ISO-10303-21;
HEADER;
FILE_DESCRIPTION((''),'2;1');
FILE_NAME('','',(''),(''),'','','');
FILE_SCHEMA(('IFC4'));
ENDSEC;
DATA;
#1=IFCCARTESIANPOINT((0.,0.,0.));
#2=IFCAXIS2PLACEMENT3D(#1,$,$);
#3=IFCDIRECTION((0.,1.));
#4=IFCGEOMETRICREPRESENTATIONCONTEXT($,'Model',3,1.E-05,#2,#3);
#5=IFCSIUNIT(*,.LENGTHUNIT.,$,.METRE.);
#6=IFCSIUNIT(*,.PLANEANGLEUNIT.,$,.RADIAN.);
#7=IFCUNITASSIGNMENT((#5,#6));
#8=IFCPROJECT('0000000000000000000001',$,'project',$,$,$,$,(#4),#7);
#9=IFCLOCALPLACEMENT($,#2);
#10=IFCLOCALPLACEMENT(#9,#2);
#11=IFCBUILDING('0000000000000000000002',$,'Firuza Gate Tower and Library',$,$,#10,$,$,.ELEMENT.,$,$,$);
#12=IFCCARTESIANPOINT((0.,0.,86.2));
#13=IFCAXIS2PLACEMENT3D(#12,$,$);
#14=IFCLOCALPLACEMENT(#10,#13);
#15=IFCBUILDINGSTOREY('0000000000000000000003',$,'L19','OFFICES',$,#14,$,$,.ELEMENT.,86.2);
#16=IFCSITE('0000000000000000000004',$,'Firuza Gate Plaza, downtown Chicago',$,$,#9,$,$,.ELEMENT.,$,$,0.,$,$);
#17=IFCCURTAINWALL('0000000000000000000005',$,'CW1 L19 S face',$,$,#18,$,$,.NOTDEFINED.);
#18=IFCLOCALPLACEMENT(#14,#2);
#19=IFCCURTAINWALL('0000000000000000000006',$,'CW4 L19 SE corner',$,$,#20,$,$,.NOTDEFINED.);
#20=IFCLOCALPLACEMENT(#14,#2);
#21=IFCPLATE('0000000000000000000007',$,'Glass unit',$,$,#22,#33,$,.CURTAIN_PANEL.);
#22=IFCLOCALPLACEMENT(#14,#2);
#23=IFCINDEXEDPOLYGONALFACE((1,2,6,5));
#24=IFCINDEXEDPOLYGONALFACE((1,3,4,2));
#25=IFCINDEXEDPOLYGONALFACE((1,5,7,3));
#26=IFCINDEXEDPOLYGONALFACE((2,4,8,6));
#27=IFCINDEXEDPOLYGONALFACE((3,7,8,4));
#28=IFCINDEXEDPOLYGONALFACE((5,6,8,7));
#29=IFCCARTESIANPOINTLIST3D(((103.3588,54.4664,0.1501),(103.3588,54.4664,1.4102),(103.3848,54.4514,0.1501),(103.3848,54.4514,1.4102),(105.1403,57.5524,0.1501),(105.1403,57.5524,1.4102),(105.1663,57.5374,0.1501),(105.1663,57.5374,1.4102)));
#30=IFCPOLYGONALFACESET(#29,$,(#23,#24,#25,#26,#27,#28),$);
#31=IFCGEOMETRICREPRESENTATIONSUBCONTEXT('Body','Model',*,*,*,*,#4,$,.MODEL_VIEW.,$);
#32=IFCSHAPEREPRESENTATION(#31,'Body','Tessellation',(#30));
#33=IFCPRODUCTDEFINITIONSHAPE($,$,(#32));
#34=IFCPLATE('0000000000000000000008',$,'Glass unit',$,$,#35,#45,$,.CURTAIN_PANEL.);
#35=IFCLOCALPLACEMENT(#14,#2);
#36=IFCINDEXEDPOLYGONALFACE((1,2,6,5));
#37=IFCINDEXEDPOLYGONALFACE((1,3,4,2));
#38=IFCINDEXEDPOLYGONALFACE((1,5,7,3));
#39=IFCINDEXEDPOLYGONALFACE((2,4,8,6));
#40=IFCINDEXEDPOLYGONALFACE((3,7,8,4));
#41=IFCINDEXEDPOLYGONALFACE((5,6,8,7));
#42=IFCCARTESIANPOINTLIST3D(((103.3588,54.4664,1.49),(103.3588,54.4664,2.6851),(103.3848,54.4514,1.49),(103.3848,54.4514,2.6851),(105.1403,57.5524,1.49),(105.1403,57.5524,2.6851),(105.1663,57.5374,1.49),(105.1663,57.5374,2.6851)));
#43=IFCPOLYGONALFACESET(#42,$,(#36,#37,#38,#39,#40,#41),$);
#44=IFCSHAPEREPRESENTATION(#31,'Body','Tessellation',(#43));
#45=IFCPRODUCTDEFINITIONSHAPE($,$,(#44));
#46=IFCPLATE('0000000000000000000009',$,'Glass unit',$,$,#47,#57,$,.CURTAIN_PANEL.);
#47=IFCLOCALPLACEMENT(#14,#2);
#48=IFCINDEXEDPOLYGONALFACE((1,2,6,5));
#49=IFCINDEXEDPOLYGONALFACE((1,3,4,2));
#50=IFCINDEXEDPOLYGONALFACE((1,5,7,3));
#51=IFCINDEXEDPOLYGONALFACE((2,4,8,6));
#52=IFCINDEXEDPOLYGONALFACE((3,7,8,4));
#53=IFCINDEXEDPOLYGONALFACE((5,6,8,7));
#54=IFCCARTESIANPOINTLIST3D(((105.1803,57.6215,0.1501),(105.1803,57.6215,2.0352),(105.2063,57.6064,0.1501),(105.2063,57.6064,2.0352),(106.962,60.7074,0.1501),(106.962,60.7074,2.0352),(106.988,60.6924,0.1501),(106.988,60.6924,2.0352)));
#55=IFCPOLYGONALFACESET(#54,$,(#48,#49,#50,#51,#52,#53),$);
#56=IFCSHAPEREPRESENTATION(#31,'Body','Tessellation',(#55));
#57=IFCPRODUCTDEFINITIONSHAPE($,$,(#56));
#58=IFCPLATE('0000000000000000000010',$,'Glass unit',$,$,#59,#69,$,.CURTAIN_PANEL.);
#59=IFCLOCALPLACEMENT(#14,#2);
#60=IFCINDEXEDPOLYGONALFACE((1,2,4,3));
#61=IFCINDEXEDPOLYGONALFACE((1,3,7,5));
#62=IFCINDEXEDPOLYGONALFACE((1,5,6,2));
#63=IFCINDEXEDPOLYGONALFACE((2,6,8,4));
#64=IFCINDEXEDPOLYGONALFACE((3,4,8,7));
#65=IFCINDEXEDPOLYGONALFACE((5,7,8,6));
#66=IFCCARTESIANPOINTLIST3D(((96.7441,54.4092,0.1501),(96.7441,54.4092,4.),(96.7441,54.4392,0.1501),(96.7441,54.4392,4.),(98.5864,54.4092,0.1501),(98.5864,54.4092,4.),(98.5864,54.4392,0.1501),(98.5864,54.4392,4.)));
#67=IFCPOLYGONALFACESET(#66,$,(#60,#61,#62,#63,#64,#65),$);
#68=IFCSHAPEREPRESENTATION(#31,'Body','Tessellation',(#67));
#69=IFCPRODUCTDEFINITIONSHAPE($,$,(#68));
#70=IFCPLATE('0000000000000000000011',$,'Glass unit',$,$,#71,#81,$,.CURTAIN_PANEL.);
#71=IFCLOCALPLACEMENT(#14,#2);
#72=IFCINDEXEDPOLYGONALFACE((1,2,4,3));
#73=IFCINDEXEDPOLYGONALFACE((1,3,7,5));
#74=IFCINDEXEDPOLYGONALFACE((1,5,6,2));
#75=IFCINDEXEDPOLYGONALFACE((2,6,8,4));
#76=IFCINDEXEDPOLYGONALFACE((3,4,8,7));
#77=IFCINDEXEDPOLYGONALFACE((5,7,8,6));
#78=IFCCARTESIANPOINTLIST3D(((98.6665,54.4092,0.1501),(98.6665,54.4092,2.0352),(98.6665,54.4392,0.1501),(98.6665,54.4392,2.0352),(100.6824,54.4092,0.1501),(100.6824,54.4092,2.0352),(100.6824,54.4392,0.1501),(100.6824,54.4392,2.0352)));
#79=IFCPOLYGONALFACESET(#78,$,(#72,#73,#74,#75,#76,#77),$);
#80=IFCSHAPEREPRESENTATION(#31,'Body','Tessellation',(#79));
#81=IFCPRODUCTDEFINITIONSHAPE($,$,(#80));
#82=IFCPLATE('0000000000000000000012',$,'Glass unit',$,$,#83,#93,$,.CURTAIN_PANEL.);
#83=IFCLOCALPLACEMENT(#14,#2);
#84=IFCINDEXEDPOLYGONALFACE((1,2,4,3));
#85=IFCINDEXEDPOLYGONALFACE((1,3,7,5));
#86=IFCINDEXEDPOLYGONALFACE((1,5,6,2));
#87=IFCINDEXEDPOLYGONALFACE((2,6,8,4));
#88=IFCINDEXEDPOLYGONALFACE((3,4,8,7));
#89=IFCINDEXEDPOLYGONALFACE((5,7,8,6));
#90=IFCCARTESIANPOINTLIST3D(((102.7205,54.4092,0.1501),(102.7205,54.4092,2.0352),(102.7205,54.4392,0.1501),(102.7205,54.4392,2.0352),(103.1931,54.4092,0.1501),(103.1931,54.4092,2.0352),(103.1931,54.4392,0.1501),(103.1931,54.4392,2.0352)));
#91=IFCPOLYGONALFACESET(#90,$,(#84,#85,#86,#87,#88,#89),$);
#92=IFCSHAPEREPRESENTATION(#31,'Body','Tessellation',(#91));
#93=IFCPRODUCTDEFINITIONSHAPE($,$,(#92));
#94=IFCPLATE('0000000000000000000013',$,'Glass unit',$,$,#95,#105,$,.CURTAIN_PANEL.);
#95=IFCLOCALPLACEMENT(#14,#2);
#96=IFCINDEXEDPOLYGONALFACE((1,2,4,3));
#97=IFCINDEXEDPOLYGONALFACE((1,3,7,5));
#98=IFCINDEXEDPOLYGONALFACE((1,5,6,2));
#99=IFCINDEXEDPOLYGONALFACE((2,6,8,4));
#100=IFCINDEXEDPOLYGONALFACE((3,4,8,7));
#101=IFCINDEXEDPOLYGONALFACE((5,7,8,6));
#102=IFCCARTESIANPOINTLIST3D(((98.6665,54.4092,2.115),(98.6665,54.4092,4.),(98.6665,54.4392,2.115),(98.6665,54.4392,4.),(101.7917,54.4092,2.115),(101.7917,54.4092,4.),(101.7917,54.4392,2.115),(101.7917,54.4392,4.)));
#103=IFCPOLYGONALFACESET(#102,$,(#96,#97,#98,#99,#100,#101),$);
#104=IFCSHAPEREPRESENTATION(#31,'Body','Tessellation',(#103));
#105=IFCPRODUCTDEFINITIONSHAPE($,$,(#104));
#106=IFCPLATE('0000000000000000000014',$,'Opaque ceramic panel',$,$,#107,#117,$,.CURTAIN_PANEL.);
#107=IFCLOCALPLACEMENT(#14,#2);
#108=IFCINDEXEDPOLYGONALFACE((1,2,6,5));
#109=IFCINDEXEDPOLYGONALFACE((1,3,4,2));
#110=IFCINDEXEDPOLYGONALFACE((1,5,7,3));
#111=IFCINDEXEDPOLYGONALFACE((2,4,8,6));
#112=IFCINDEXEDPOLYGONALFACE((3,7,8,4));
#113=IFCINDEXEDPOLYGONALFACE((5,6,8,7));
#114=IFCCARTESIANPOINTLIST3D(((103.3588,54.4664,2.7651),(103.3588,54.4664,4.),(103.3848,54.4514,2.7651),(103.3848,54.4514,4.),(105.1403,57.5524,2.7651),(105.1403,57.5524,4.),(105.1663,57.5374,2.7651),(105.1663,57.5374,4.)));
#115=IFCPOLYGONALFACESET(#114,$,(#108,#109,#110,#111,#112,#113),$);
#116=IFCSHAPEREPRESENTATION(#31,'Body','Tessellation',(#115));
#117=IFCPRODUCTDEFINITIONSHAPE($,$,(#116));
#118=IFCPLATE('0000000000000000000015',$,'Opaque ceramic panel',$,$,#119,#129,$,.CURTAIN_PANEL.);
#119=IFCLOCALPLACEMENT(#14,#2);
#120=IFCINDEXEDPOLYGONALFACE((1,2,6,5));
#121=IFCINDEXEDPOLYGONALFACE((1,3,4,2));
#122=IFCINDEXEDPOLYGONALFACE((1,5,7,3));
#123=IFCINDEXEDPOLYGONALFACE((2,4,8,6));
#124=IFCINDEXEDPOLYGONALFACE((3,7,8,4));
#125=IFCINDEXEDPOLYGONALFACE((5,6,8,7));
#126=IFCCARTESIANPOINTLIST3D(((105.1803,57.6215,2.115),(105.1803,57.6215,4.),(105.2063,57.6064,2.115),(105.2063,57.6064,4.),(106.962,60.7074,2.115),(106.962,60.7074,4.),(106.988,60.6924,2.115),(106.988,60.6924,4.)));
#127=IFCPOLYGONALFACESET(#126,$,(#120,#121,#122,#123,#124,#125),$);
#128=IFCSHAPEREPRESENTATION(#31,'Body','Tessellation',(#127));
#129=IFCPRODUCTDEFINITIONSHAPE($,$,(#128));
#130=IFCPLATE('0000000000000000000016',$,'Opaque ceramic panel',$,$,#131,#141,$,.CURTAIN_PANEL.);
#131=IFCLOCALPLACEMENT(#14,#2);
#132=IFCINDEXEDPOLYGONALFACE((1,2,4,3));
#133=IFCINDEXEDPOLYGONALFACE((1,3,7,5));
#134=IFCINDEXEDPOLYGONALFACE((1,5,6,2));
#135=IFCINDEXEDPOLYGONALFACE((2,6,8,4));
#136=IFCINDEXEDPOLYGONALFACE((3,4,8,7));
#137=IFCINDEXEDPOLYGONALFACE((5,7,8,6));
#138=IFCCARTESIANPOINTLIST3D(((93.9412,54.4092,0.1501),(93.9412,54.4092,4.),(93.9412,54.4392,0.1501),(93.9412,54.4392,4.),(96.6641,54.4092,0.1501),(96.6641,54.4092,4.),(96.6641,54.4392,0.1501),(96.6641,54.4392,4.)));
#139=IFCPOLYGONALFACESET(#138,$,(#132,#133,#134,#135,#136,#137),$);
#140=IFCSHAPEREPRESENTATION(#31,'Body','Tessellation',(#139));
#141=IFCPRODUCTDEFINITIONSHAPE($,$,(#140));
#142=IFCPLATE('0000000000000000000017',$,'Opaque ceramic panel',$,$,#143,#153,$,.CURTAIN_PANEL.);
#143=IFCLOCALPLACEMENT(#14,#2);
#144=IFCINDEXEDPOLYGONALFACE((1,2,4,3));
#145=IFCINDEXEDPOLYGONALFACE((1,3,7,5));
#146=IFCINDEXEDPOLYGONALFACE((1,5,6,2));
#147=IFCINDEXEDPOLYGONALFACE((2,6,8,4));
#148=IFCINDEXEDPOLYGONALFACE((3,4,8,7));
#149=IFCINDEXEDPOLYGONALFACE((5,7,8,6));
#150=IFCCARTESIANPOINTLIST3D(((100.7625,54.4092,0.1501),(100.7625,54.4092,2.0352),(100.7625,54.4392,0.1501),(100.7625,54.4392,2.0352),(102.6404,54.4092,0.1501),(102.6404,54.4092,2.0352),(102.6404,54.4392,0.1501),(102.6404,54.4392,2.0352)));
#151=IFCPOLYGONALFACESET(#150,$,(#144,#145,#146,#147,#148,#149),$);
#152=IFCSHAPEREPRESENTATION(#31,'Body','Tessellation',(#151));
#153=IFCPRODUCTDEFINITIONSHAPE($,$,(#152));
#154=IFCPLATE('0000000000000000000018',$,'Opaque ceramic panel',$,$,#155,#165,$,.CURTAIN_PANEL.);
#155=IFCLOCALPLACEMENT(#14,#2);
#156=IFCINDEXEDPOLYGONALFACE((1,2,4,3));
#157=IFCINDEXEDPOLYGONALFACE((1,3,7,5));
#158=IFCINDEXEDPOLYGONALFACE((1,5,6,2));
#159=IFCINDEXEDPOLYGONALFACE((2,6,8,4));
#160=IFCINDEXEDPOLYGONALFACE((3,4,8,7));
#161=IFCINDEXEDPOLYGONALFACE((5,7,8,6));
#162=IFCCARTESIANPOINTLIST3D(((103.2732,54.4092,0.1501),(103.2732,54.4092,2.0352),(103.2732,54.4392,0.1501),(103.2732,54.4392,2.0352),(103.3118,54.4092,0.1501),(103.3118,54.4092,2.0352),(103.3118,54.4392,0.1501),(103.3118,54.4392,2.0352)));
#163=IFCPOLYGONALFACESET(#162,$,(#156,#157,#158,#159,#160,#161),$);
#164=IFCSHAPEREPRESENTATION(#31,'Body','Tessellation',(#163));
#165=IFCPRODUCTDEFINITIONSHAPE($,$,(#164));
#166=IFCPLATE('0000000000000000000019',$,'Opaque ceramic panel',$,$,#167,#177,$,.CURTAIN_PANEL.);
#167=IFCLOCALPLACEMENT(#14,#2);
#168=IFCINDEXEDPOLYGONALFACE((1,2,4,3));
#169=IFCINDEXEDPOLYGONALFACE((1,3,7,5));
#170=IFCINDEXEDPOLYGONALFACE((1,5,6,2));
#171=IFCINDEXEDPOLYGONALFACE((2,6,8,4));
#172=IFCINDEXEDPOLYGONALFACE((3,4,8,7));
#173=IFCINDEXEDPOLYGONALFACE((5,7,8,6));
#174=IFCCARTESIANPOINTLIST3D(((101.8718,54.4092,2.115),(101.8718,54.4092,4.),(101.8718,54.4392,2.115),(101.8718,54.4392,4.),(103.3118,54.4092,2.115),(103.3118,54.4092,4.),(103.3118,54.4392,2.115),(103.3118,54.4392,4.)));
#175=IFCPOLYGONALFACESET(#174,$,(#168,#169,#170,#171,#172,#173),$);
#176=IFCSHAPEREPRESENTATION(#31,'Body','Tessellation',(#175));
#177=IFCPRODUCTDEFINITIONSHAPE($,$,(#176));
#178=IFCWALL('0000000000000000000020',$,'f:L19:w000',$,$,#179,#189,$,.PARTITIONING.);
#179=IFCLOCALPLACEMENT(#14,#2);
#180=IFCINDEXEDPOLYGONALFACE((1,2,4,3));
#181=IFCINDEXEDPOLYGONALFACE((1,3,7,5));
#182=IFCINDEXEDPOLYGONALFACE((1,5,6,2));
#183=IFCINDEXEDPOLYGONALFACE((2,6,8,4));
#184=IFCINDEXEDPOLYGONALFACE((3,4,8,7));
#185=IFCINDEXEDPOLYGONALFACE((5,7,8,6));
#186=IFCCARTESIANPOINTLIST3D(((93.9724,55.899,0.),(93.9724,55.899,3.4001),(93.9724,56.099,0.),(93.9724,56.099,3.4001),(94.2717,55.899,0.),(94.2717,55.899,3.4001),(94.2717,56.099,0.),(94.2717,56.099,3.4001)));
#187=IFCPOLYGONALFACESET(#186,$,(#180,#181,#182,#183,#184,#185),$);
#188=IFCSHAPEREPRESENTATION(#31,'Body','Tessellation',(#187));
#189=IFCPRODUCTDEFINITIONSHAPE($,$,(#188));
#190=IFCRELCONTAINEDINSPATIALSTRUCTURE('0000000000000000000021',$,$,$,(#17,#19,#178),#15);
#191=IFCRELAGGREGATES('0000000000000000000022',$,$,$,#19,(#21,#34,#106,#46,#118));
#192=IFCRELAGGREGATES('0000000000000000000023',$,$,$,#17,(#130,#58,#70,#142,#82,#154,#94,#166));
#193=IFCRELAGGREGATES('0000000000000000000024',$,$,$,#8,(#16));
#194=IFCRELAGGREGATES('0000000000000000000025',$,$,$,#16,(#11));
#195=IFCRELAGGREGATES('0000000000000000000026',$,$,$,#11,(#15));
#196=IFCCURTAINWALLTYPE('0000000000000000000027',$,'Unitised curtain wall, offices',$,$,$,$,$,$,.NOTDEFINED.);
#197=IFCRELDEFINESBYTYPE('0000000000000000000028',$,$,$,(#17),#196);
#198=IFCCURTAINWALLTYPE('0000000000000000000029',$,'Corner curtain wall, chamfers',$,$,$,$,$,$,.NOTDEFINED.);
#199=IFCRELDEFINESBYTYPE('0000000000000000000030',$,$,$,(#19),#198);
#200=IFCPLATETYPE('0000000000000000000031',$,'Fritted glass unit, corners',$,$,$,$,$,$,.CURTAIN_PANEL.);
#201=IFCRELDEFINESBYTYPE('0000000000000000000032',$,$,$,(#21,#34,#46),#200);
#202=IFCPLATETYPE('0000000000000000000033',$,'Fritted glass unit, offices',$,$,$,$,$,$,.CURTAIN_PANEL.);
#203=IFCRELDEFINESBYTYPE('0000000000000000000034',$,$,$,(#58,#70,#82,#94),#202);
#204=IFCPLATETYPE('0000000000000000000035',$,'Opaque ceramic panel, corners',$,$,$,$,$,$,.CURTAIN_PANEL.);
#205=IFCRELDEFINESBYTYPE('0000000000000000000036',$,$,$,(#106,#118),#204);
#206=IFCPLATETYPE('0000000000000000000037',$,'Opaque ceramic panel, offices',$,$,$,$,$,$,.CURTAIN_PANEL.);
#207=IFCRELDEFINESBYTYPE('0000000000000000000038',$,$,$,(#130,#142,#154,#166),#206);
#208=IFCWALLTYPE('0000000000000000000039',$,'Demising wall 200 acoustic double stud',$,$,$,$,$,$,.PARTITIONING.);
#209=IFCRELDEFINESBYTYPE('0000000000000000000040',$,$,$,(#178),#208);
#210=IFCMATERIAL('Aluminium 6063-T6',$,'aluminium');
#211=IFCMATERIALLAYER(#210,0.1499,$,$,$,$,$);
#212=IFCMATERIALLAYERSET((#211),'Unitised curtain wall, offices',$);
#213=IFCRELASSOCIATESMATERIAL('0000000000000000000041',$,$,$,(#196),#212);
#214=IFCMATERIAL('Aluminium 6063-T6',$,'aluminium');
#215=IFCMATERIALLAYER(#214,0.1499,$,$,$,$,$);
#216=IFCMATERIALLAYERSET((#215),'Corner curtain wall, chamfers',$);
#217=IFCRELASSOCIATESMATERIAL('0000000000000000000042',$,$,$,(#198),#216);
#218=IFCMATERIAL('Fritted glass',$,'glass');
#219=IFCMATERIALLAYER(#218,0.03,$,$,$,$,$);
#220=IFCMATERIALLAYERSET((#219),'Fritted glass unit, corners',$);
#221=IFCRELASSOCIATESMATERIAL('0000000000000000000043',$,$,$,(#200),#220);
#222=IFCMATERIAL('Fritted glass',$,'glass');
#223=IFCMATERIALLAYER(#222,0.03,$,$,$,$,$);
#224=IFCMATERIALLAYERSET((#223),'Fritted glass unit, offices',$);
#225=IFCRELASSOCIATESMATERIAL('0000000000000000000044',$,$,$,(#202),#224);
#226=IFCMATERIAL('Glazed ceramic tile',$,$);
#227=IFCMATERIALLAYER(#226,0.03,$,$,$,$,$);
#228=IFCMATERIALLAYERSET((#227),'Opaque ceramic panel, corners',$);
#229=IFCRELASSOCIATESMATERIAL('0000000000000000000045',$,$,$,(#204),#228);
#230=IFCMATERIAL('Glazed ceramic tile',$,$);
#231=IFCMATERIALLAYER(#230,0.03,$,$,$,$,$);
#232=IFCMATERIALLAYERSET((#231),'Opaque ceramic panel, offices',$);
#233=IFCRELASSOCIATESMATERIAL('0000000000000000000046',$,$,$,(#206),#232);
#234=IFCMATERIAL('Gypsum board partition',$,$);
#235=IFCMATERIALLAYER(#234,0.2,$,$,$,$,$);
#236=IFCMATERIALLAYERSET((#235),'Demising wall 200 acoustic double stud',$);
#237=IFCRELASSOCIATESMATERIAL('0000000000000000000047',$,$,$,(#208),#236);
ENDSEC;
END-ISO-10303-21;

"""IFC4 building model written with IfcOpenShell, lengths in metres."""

from ifc_helpers import new_model, si_unit, direction, frame, frame_2d, origin, place, context, subcontext, project, spatial, polyline, rectangle, outline, extrude, material, layer, layer_set, type_object, element, aggregate, save


model = new_model("IFC4")

# Units and contexts
model_context = context("Model", 3, precision=1e-05, world=origin(), true_north=direction((0.0, 1.0)))
body_context = subcontext(model_context, "Body", "Model", "MODEL_VIEW")
ifc_project = project(units=[si_unit("LENGTHUNIT", "METRE"), si_unit("PLANEANGLEUNIT", "RADIAN")], contexts=[model_context])

# Site, building, storey
site_placement = place(None, origin())
site = spatial("IfcSite", under=ifc_project, at=site_placement, Name="Firuza Gate Plaza, downtown Chicago", CompositionType="ELEMENT", RefElevation=0.0)
building_placement = place(site_placement, origin())
building = spatial("IfcBuilding", under=site, at=building_placement, Name="Firuza Gate Tower and Library", CompositionType="ELEMENT")
storey_placement = place(building_placement, frame((0.0, 0.0, 86.2)))
storey = spatial("IfcBuildingStorey", under=building, at=storey_placement, Name="L19", Description="OFFICES", CompositionType="ELEMENT", Elevation=86.2)

# Curtain walls
ifc_material_1 = material(Name="Aluminium 6063-T6", Category="aluminium")
ifc_layer_1 = layer(ifc_material_1, 0.1499)
ifc_layer_set_1 = layer_set([ifc_layer_1], Name="Unitised curtain wall, offices")
curtain_wall_type_1 = type_object("IfcCurtainWallType", Name="Unitised curtain wall, offices", PredefinedType="NOTDEFINED", material=ifc_layer_set_1)
placement = place(storey_placement, origin())
curtain_wall_1 = element("IfcCurtainWall", 1, at=placement, inside=storey, type_object=curtain_wall_type_1, Name="CW1 L19 S face", PredefinedType="NOTDEFINED")
ifc_material_2 = material(Name="Aluminium 6063-T6", Category="aluminium")
ifc_layer_2 = layer(ifc_material_2, 0.1499)
ifc_layer_set_2 = layer_set([ifc_layer_2], Name="Corner curtain wall, chamfers")
curtain_wall_type_2 = type_object("IfcCurtainWallType", Name="Corner curtain wall, chamfers", PredefinedType="NOTDEFINED", material=ifc_layer_set_2)
curtain_wall_2 = element("IfcCurtainWall", 2, at=placement, inside=storey, type_object=curtain_wall_type_2, Name="CW4 L19 SE corner", PredefinedType="NOTDEFINED")

# Plates
ifc_material_3 = material(Name="Fritted glass", Category="glass")
ifc_layer_3 = layer(ifc_material_3, 0.03)
ifc_layer_set_3 = layer_set([ifc_layer_3], Name="Fritted glass unit, corners")
plate_type_1 = type_object("IfcPlateType", Name="Fritted glass unit, corners", PredefinedType="CURTAIN_PANEL", material=ifc_layer_set_3)
plate_1_placement = place(storey_placement, frame((103.3848, 54.4514, 0.1501), z_axis=(0.866046, -0.499964, 0.0), x_axis=(0.499964, 0.866046, 0.0)))
plate_1 = element("IfcPlate", 3, at=plate_1_placement, type_object=plate_type_1, Name="Glass unit", PredefinedType="CURTAIN_PANEL", context=body_context, shape_type="SweptSolid", body=[
    extrude(outline(polyline([(0.0, 0.0), (3.5632, 0.0), (3.5632, 1.26), (0.0, 1.26), (0.0, 0.0)])), origin(), (0.0, 0.0, -1.0), 0.03),
])
plate_2_placement = place(storey_placement, frame((103.3848, 54.4514, 1.49), z_axis=(0.866046, -0.499964, 0.0), x_axis=(0.499964, 0.866046, 0.0)))
plate_2 = element("IfcPlate", 4, at=plate_2_placement, type_object=plate_type_1, Name="Glass unit", PredefinedType="CURTAIN_PANEL", context=body_context, shape_type="SweptSolid", body=[
    extrude(outline(polyline([(0.0, 0.0), (3.5632, 0.0), (3.5632, 1.1951), (0.0, 1.1951), (0.0, 0.0)])), origin(), (0.0, 0.0, -1.0), 0.03),
])
plate_3_placement = place(storey_placement, frame((105.2063, 57.6064, 0.1501), z_axis=(0.866017, -0.500015, 0.0), x_axis=(0.500015, 0.866017, 0.0)))
plate_3 = element("IfcPlate", 5, at=plate_3_placement, type_object=plate_type_1, Name="Glass unit", PredefinedType="CURTAIN_PANEL", context=body_context, shape_type="SweptSolid", body=[
    extrude(outline(polyline([(0.0, 0.0), (3.5634, 0.0), (3.5634, 1.885), (0.0, 1.885), (0.0, 0.0)])), origin(), (0.0, 0.0, -1.0), 0.03),
])
ifc_material_4 = material(Name="Fritted glass", Category="glass")
ifc_layer_4 = layer(ifc_material_4, 0.03)
ifc_layer_set_4 = layer_set([ifc_layer_4], Name="Fritted glass unit, offices")
plate_type_2 = type_object("IfcPlateType", Name="Fritted glass unit, offices", PredefinedType="CURTAIN_PANEL", material=ifc_layer_set_4)
plate_4_placement = place(storey_placement, frame((96.7441, 54.4092, 0.1501), z_axis=(0.0, -1.0, 0.0), x_axis=(1.0, 0.0, 0.0)))
plate_4 = element("IfcPlate", 6, at=plate_4_placement, type_object=plate_type_2, Name="Glass unit", PredefinedType="CURTAIN_PANEL", context=body_context, shape_type="SweptSolid", body=[
    extrude(outline(polyline([(0.0, 0.0), (1.8423, 0.0), (1.8423, 3.8499), (0.0, 3.8499), (0.0, 0.0)])), origin(), (0.0, 0.0, -1.0), 0.03),
])
plate_5_placement = place(storey_placement, frame((98.6665, 54.4092, 0.1501), z_axis=(0.0, -1.0, 0.0), x_axis=(1.0, 0.0, 0.0)))
plate_5 = element("IfcPlate", 7, at=plate_5_placement, type_object=plate_type_2, Name="Glass unit", PredefinedType="CURTAIN_PANEL", context=body_context, shape_type="SweptSolid", body=[
    extrude(outline(polyline([(0.0, 0.0), (2.0159, 0.0), (2.0159, 1.885), (0.0, 1.885), (0.0, 0.0)])), origin(), (0.0, 0.0, -1.0), 0.03),
])
plate_6_placement = place(storey_placement, frame((102.7205, 54.4092, 0.1501), z_axis=(0.0, -1.0, 0.0), x_axis=(1.0, 0.0, 0.0)))
plate_6 = element("IfcPlate", 8, at=plate_6_placement, type_object=plate_type_2, Name="Glass unit", PredefinedType="CURTAIN_PANEL", context=body_context, shape_type="SweptSolid", body=[
    extrude(outline(polyline([(0.0, 0.0), (0.4727, 0.0), (0.4727, 1.885), (0.0, 1.885), (0.0, 0.0)])), origin(), (0.0, 0.0, -1.0), 0.03),
])
plate_7_placement = place(storey_placement, frame((98.6665, 54.4092, 2.115), z_axis=(0.0, -1.0, 0.0), x_axis=(1.0, 0.0, 0.0)))
plate_7 = element("IfcPlate", 9, at=plate_7_placement, type_object=plate_type_2, Name="Glass unit", PredefinedType="CURTAIN_PANEL", context=body_context, shape_type="SweptSolid", body=[
    extrude(outline(polyline([(0.0, 0.0), (3.1252, 0.0), (3.1252, 1.885), (0.0, 1.885), (0.0, 0.0)])), origin(), (0.0, 0.0, -1.0), 0.03),
])
ifc_material_5 = material(Name="Glazed ceramic tile")
ifc_layer_5 = layer(ifc_material_5, 0.03)
ifc_layer_set_5 = layer_set([ifc_layer_5], Name="Opaque ceramic panel, corners")
plate_type_3 = type_object("IfcPlateType", Name="Opaque ceramic panel, corners", PredefinedType="CURTAIN_PANEL", material=ifc_layer_set_5)
plate_8_placement = place(storey_placement, frame((103.3848, 54.4514, 2.7651), z_axis=(0.866046, -0.499964, 0.0), x_axis=(0.499964, 0.866046, 0.0)))
plate_8 = element("IfcPlate", 10, at=plate_8_placement, type_object=plate_type_3, Name="Opaque ceramic panel", PredefinedType="CURTAIN_PANEL", context=body_context, shape_type="SweptSolid", body=[
    extrude(outline(polyline([(0.0, 0.0), (3.5632, 0.0), (3.5632, 1.2349), (0.0, 1.2349), (0.0, 0.0)])), origin(), (0.0, 0.0, -1.0), 0.03),
])
plate_9_placement = place(storey_placement, frame((105.2063, 57.6064, 2.115), z_axis=(0.866017, -0.500015, 0.0), x_axis=(0.500015, 0.866017, 0.0)))
plate_9 = element("IfcPlate", 11, at=plate_9_placement, type_object=plate_type_3, Name="Opaque ceramic panel", PredefinedType="CURTAIN_PANEL", context=body_context, shape_type="SweptSolid", body=[
    extrude(outline(polyline([(0.0, 0.0), (3.5634, 0.0), (3.5634, 1.885), (0.0, 1.885), (0.0, 0.0)])), origin(), (0.0, 0.0, -1.0), 0.03),
])
aggregate(curtain_wall_2, [plate_1, plate_2, plate_8, plate_3, plate_9])
ifc_material_6 = material(Name="Glazed ceramic tile")
ifc_layer_6 = layer(ifc_material_6, 0.03)
ifc_layer_set_6 = layer_set([ifc_layer_6], Name="Opaque ceramic panel, offices")
plate_type_4 = type_object("IfcPlateType", Name="Opaque ceramic panel, offices", PredefinedType="CURTAIN_PANEL", material=ifc_layer_set_6)
plate_10_placement = place(storey_placement, frame((93.9412, 54.4092, 0.1501), z_axis=(0.0, -1.0, 0.0), x_axis=(1.0, 0.0, 0.0)))
plate_10 = element("IfcPlate", 12, at=plate_10_placement, type_object=plate_type_4, Name="Opaque ceramic panel", PredefinedType="CURTAIN_PANEL", context=body_context, shape_type="SweptSolid", body=[
    extrude(outline(polyline([(0.0, 0.0), (2.7229, 0.0), (2.7229, 3.8499), (0.0, 3.8499), (0.0, 0.0)])), origin(), (0.0, 0.0, -1.0), 0.03),
])
plate_11_placement = place(storey_placement, frame((100.7625, 54.4092, 0.1501), z_axis=(0.0, -1.0, 0.0), x_axis=(1.0, 0.0, 0.0)))
plate_11 = element("IfcPlate", 13, at=plate_11_placement, type_object=plate_type_4, Name="Opaque ceramic panel", PredefinedType="CURTAIN_PANEL", context=body_context, shape_type="SweptSolid", body=[
    extrude(outline(polyline([(0.0, 0.0), (1.8779, 0.0), (1.8779, 1.885), (0.0, 1.885), (0.0, 0.0)])), origin(), (0.0, 0.0, -1.0), 0.03),
])
plate_12_placement = place(storey_placement, frame((103.2732, 54.4092, 0.1501), z_axis=(0.0, -1.0, 0.0), x_axis=(1.0, 0.0, 0.0)))
plate_12 = element("IfcPlate", 14, at=plate_12_placement, type_object=plate_type_4, Name="Opaque ceramic panel", PredefinedType="CURTAIN_PANEL", context=body_context, shape_type="SweptSolid", body=[
    extrude(outline(polyline([(0.0, 0.0), (0.0386, 0.0), (0.0386, 1.885), (0.0, 1.885), (0.0, 0.0)])), origin(), (0.0, 0.0, -1.0), 0.03),
])
plate_13_placement = place(storey_placement, frame((101.8718, 54.4092, 2.115), z_axis=(0.0, -1.0, 0.0), x_axis=(1.0, 0.0, 0.0)))
plate_13 = element("IfcPlate", 15, at=plate_13_placement, type_object=plate_type_4, Name="Opaque ceramic panel", PredefinedType="CURTAIN_PANEL", context=body_context, shape_type="SweptSolid", body=[
    extrude(outline(polyline([(0.0, 0.0), (1.4399, 0.0), (1.4399, 1.885), (0.0, 1.885), (0.0, 0.0)])), origin(), (0.0, 0.0, -1.0), 0.03),
])
aggregate(curtain_wall_1, [plate_10, plate_4, plate_5, plate_11, plate_6, plate_12, plate_7, plate_13])

# Wall
ifc_material_7 = material(Name="Gypsum board partition")
ifc_layer_7 = layer(ifc_material_7, 0.2)
ifc_layer_set_7 = layer_set([ifc_layer_7], Name="Demising wall 200 acoustic double stud")
wall_type_1 = type_object("IfcWallType", Name="Demising wall 200 acoustic double stud", PredefinedType="PARTITIONING", material=ifc_layer_set_7)
wall_1_placement = place(storey_placement, frame((93.9724, 55.999, 0.0), z_axis=(0.0, 0.0, 1.0), x_axis=(1.0, 0.0, 0.0)))
element("IfcWall", 16, at=wall_1_placement, inside=storey, type_object=wall_type_1, Name="f:L19:w000", PredefinedType="PARTITIONING", context=body_context, shape_type="SweptSolid", body=[
    extrude(rectangle(XDim=0.2993, YDim=0.2, at=frame_2d((0.1497, 0.0))), origin(), (0.0, 0.0, 1.0), 3.4001),
])

save(model, "model.ifc")
